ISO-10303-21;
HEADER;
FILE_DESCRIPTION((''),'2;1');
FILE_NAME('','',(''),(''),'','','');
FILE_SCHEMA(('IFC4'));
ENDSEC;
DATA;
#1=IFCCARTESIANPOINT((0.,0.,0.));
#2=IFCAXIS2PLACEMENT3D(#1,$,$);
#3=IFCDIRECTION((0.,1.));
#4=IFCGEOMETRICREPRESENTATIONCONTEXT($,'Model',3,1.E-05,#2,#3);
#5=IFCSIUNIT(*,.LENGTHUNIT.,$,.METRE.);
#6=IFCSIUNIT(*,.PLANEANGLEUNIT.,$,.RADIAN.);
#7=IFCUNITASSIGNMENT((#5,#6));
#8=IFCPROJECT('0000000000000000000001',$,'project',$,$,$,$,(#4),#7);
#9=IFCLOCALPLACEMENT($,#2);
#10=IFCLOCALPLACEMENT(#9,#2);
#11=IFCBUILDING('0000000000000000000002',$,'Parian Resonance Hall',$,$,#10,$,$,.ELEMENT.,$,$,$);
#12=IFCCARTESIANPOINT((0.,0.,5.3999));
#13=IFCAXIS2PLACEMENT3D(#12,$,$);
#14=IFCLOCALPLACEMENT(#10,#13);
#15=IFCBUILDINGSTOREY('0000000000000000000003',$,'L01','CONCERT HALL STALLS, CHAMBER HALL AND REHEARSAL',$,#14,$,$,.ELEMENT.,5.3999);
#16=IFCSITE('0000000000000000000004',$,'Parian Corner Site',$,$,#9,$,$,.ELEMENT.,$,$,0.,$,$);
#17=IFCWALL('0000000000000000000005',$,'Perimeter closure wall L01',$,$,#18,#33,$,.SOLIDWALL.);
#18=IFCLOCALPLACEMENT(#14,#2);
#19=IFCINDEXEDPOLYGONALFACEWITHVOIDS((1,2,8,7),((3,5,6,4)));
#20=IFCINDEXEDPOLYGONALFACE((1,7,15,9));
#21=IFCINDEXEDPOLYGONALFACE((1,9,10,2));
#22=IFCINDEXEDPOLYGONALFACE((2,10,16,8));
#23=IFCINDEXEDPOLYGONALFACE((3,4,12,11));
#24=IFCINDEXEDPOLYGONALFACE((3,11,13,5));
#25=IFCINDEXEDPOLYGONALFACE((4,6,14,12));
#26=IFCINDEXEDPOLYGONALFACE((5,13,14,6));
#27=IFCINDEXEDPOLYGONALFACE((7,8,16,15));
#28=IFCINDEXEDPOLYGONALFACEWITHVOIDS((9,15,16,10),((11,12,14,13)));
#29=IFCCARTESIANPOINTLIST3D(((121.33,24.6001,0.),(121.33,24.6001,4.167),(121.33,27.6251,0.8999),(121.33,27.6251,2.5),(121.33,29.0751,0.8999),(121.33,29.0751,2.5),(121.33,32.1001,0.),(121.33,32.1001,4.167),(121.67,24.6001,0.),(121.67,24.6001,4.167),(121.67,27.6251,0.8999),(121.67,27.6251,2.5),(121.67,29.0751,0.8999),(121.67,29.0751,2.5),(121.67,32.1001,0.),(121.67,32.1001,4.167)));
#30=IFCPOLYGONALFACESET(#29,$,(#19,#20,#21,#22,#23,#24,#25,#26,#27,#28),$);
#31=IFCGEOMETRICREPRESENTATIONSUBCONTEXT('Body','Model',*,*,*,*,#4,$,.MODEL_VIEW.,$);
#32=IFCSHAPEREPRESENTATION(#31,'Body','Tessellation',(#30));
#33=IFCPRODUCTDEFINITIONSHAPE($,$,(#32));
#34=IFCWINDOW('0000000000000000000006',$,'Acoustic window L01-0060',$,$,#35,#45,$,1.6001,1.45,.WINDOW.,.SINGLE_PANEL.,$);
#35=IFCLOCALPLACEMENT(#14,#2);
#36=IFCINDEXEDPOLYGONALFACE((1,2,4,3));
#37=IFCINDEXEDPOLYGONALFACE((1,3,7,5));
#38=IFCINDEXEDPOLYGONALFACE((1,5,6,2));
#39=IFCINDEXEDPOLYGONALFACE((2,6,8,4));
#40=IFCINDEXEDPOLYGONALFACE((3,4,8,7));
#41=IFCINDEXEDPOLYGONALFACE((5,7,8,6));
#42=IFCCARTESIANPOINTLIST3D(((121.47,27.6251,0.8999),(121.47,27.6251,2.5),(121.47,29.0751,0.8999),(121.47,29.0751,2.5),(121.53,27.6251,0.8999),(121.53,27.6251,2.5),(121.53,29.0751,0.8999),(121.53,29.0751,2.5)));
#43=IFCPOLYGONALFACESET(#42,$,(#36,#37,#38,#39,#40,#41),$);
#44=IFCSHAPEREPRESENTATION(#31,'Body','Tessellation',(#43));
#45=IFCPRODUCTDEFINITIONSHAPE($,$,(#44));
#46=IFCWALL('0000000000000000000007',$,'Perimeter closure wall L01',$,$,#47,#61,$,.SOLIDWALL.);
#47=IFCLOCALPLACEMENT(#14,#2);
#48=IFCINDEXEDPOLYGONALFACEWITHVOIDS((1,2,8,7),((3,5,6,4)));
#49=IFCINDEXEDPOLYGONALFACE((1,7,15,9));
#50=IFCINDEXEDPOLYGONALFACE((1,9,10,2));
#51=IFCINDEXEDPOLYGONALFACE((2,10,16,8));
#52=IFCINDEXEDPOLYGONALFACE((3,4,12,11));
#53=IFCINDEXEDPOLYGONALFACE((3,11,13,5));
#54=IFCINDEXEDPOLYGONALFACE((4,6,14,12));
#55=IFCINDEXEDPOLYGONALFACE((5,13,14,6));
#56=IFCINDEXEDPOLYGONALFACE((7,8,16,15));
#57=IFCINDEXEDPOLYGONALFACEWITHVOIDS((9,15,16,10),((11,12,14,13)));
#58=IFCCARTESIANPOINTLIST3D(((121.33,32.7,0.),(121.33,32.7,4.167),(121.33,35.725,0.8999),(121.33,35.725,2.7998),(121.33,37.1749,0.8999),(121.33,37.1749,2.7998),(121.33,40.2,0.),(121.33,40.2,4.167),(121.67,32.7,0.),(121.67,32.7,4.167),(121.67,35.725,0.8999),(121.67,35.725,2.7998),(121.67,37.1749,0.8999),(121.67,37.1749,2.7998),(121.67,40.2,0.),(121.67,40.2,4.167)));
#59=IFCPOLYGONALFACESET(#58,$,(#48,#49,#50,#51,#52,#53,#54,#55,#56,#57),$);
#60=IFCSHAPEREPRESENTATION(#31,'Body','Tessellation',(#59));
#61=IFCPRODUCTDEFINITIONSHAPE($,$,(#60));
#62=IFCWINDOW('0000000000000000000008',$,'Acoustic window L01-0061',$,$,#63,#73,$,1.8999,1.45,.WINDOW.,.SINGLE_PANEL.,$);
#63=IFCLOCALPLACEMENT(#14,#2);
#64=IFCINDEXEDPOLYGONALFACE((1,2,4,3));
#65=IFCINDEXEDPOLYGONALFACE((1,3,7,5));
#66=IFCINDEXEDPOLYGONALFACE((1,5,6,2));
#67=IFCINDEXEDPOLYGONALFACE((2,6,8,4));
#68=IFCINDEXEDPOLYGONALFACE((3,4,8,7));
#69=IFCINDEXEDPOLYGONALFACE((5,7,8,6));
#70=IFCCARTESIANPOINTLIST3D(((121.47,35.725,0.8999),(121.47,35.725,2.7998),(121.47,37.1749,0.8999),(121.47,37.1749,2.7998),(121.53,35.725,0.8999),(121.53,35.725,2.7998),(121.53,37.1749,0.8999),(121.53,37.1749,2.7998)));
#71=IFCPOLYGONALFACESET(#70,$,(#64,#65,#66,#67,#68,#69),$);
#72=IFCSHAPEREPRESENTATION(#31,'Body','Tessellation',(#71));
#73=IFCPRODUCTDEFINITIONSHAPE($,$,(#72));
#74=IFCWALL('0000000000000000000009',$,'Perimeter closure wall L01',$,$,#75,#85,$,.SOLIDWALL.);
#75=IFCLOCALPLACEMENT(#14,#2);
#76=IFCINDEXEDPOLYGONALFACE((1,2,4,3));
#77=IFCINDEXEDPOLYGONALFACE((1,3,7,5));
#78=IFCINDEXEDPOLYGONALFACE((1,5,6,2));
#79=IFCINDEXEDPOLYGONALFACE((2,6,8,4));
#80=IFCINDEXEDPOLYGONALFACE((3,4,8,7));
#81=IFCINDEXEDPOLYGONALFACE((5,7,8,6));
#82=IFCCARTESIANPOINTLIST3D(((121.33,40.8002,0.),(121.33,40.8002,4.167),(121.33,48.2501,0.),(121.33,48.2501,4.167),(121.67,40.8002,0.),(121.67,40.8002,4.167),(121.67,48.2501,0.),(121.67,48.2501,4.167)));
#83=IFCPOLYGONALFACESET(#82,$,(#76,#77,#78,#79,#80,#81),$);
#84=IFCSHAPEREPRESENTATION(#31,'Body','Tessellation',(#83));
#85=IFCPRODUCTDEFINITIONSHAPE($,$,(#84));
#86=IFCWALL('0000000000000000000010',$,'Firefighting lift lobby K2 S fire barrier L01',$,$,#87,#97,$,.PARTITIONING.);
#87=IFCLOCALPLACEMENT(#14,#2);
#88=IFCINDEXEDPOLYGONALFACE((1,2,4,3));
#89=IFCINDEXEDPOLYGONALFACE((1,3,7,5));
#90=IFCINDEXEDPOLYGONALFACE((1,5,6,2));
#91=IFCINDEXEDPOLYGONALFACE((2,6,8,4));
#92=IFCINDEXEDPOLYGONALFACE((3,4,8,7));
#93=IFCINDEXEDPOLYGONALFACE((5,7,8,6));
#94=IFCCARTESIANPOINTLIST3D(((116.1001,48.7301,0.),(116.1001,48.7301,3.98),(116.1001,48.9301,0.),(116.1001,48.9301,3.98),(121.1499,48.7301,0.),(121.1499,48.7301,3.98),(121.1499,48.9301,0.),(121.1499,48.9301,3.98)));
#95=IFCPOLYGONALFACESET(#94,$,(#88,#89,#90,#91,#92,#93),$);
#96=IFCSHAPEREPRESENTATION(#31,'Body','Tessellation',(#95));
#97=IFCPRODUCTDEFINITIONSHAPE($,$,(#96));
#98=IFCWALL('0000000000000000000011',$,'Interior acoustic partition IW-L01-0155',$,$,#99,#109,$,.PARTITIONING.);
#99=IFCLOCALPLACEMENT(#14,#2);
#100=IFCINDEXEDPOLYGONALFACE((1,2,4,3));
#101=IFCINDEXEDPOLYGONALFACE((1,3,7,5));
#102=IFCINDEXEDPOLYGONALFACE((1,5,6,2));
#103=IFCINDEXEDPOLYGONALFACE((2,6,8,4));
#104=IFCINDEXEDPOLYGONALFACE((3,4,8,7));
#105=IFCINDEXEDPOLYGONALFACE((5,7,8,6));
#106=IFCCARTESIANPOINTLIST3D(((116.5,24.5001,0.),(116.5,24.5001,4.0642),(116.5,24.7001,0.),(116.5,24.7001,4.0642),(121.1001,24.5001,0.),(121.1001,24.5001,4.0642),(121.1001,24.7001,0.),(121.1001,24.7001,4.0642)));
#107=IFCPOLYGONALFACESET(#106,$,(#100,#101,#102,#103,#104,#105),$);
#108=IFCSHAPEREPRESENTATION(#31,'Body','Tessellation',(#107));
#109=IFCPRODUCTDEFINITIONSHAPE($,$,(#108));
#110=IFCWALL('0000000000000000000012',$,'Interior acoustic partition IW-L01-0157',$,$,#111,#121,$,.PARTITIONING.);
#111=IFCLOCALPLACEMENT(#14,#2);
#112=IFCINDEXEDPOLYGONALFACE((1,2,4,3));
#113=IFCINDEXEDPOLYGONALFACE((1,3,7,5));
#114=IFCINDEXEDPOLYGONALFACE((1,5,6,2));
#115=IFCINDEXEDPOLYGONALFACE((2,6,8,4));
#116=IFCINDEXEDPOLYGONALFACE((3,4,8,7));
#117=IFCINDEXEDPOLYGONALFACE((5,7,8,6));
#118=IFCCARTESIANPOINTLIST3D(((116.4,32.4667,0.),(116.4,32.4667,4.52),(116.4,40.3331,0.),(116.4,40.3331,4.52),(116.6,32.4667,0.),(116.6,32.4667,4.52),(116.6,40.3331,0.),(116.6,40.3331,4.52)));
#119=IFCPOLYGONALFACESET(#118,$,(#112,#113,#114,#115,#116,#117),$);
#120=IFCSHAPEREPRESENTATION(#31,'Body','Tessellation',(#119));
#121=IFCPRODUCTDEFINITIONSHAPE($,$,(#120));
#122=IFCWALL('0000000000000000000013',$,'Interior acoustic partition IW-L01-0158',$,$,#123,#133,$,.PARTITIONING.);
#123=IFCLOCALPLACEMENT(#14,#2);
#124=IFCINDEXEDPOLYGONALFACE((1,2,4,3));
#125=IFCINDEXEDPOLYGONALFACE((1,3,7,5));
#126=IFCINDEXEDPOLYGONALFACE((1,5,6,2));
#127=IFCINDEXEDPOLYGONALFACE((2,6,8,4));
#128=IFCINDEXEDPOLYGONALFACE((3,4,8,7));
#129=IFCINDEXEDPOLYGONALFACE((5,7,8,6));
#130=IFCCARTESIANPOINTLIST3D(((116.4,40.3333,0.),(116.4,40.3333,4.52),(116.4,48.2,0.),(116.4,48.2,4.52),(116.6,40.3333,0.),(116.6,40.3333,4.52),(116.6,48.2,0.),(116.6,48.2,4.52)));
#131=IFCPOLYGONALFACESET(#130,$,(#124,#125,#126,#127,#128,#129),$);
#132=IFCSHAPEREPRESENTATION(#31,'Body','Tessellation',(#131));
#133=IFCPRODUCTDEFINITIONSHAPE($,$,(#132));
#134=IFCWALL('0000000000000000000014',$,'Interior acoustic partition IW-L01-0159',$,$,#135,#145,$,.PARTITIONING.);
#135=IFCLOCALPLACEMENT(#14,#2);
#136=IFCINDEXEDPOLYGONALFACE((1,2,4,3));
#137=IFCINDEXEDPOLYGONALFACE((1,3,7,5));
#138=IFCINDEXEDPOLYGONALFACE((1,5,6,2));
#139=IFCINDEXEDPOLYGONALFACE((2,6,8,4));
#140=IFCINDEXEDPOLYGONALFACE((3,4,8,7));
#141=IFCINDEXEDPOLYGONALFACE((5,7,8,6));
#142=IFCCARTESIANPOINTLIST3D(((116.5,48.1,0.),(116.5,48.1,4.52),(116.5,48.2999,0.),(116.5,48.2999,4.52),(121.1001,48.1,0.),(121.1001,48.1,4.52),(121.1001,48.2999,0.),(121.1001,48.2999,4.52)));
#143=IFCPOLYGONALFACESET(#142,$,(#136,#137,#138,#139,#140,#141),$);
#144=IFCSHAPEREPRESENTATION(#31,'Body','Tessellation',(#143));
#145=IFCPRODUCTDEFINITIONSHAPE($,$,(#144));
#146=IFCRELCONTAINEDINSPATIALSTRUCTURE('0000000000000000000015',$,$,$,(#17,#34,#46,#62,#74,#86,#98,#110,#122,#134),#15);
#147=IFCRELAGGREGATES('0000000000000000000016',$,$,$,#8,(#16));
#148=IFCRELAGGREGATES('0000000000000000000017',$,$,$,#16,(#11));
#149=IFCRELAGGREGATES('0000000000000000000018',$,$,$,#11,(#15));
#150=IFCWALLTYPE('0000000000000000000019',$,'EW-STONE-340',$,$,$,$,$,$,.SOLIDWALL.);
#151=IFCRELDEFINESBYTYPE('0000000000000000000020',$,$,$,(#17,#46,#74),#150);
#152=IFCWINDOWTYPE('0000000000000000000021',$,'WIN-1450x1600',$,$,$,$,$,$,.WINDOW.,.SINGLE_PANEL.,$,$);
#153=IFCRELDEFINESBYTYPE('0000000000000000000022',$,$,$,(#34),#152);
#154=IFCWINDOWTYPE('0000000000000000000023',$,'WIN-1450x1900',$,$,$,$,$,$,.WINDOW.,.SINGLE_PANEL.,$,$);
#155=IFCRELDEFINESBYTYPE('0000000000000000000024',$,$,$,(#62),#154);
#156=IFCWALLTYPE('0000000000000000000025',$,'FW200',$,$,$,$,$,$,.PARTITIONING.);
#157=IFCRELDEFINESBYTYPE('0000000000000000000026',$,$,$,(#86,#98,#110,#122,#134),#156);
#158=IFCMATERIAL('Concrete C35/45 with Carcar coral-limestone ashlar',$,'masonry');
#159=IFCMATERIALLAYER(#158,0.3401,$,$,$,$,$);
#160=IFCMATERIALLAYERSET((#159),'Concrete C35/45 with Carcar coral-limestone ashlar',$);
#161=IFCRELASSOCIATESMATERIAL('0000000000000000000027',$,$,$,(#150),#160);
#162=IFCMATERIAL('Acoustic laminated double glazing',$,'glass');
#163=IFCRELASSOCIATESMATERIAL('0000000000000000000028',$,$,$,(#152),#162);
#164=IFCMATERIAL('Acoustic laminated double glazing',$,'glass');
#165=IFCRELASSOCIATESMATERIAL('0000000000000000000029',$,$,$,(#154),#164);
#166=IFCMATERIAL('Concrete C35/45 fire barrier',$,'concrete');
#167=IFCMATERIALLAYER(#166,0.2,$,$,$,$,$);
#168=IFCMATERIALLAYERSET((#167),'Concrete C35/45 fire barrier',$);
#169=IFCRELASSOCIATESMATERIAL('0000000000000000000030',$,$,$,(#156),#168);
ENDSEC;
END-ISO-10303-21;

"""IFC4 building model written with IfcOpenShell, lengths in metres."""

from ifc_helpers import new_model, si_unit, direction, frame, frame_2d, origin, place, context, subcontext, project, spatial, rectangle, extrude, material, layer, layer_set, type_object, element, fill, save


model = new_model("IFC4")

# Units and contexts
model_context = context("Model", 3, precision=1e-05, world=origin(), true_north=direction((0.0, 1.0)))
body_context = subcontext(model_context, "Body", "Model", "MODEL_VIEW")
ifc_project = project(units=[si_unit("LENGTHUNIT", "METRE"), si_unit("PLANEANGLEUNIT", "RADIAN")], contexts=[model_context])

# Site, building, storey
site_placement = place(None, origin())
site = spatial("IfcSite", under=ifc_project, at=site_placement, Name="Parian Corner Site", CompositionType="ELEMENT", RefElevation=0.0)
building_placement = place(site_placement, origin())
building = spatial("IfcBuilding", under=site, at=building_placement, Name="Parian Resonance Hall", CompositionType="ELEMENT")
storey_placement = place(building_placement, frame((0.0, 0.0, 5.3999)))
storey = spatial("IfcBuildingStorey", under=building, at=storey_placement, Name="L01", Description="CONCERT HALL STALLS, CHAMBER HALL AND REHEARSAL", CompositionType="ELEMENT", Elevation=5.3999)

# Walls, openings, windows
ifc_material_1 = material(Name="Concrete C35/45 with Carcar coral-limestone ashlar", Category="masonry")
ifc_layer_1 = layer(ifc_material_1, 0.3401)
ifc_layer_set_1 = layer_set([ifc_layer_1], Name="Concrete C35/45 with Carcar coral-limestone ashlar")
wall_type_1 = type_object("IfcWallType", Name="EW-STONE-340", PredefinedType="SOLIDWALL", material=ifc_layer_set_1)
wall_1_placement = place(storey_placement, frame((121.5, 24.6001, 0.0), z_axis=(0.0, 0.0, 1.0), x_axis=(0.0, 1.0, 0.0)))
wall_1 = element("IfcWall", 1, at=wall_1_placement, inside=storey, type_object=wall_type_1, Name="Perimeter closure wall L01", PredefinedType="SOLIDWALL", context=body_context, shape_type="SweptSolid", body=[
    extrude(rectangle(XDim=7.5, YDim=0.3401, at=frame_2d((3.75, 0.0))), origin(), (0.0, 0.0, 1.0), 4.167),
])
opening_1_placement = place(wall_1_placement, frame((3.0249, 0.0, 0.8999)))
opening_1 = element("IfcOpeningElement", 2, at=opening_1_placement, cuts=wall_1, PredefinedType="OPENING", context=body_context, shape_type="SweptSolid", body=[
    extrude(rectangle(XDim=1.45, YDim=1.6001, at=frame_2d((0.7251, 0.8))), frame((0.0, 0.1799, 0.0), z_axis=(0.0, -1.0, 0.0), x_axis=(1.0, 0.0, 0.0)), (0.0, 0.0, 1.0), 0.3601),
])
ifc_material_2 = material(Name="Acoustic laminated double glazing", Category="glass")
window_type_1 = type_object("IfcWindowType", Name="WIN-1450x1600", PartitioningType="SINGLE_PANEL", PredefinedType="WINDOW", material=ifc_material_2)
window_1_placement = place(opening_1_placement, origin())
window_1 = element("IfcWindow", 3, at=window_1_placement, inside=storey, type_object=window_type_1, Name="Acoustic window L01-0060", OverallHeight=1.6001, OverallWidth=1.45, PartitioningType="SINGLE_PANEL", PredefinedType="WINDOW", context=body_context, shape_type="SweptSolid", body=[
    extrude(rectangle(XDim=1.45, YDim=1.6001, at=frame_2d((0.7251, 0.8))), frame((0.0, 0.03, 0.0), z_axis=(0.0, -1.0, 0.0), x_axis=(1.0, 0.0, 0.0)), (0.0, 0.0, 1.0), 0.0601),
])
fill(opening_1, window_1)
wall_2_placement = place(storey_placement, frame((121.5, 32.7, 0.0), z_axis=(0.0, 0.0, 1.0), x_axis=(0.0, 1.0, 0.0)))
wall_2 = element("IfcWall", 4, at=wall_2_placement, inside=storey, type_object=wall_type_1, Name="Perimeter closure wall L01", PredefinedType="SOLIDWALL", context=body_context, shape_type="SweptSolid", body=[
    extrude(rectangle(XDim=7.5, YDim=0.3401, at=frame_2d((3.75, 0.0))), origin(), (0.0, 0.0, 1.0), 4.167),
])
opening_2_placement = place(wall_2_placement, frame((3.0249, 0.0, 0.8999)))
opening_2 = element("IfcOpeningElement", 5, at=opening_2_placement, cuts=wall_2, PredefinedType="OPENING", context=body_context, shape_type="SweptSolid", body=[
    extrude(rectangle(XDim=1.45, YDim=1.8999, at=frame_2d((0.7251, 0.95))), frame((0.0, 0.1799, 0.0), z_axis=(0.0, -1.0, 0.0), x_axis=(1.0, 0.0, 0.0)), (0.0, 0.0, 1.0), 0.3601),
])
ifc_material_3 = material(Name="Acoustic laminated double glazing", Category="glass")
window_type_2 = type_object("IfcWindowType", Name="WIN-1450x1900", PartitioningType="SINGLE_PANEL", PredefinedType="WINDOW", material=ifc_material_3)
window_2_placement = place(opening_2_placement, origin())
window_2 = element("IfcWindow", 6, at=window_2_placement, inside=storey, type_object=window_type_2, Name="Acoustic window L01-0061", OverallHeight=1.8999, OverallWidth=1.45, PartitioningType="SINGLE_PANEL", PredefinedType="WINDOW", context=body_context, shape_type="SweptSolid", body=[
    extrude(rectangle(XDim=1.45, YDim=1.8999, at=frame_2d((0.7251, 0.95))), frame((0.0, 0.03, 0.0), z_axis=(0.0, -1.0, 0.0), x_axis=(1.0, 0.0, 0.0)), (0.0, 0.0, 1.0), 0.0601),
])
fill(opening_2, window_2)

# Walls
wall_3_placement = place(storey_placement, frame((121.5, 40.8, 0.0), z_axis=(0.0, 0.0, 1.0), x_axis=(0.0, 1.0, 0.0)))
element("IfcWall", 7, at=wall_3_placement, inside=storey, type_object=wall_type_1, Name="Perimeter closure wall L01", PredefinedType="SOLIDWALL", context=body_context, shape_type="SweptSolid", body=[
    extrude(rectangle(XDim=7.45, YDim=0.3401, at=frame_2d((3.7251, 0.0))), origin(), (0.0, 0.0, 1.0), 4.167),
])
ifc_material_4 = material(Name="Concrete C35/45 fire barrier", Category="concrete")
ifc_layer_2 = layer(ifc_material_4, 0.2)
ifc_layer_set_2 = layer_set([ifc_layer_2], Name="Concrete C35/45 fire barrier")
wall_type_2 = type_object("IfcWallType", Name="FW200", PredefinedType="PARTITIONING", material=ifc_layer_set_2)
wall_4_placement = place(storey_placement, frame((121.1499, 48.8301, 0.0), z_axis=(0.0, 0.0, 1.0), x_axis=(-1.0, 0.0, 0.0)))
element("IfcWall", 8, at=wall_4_placement, inside=storey, type_object=wall_type_2, Name="Firefighting lift lobby K2 S fire barrier L01", PredefinedType="PARTITIONING", context=body_context, shape_type="SweptSolid", body=[
    extrude(rectangle(XDim=5.0498, YDim=0.2, at=frame_2d((2.5249, 0.0))), origin(), (0.0, 0.0, 1.0), 3.98),
])
wall_5_placement = place(storey_placement, frame((121.1001, 24.6001, 0.0), z_axis=(0.0, 0.0, 1.0), x_axis=(-1.0, 0.0, 0.0)))
element("IfcWall", 9, at=wall_5_placement, inside=storey, type_object=wall_type_2, Name="Interior acoustic partition IW-L01-0155", PredefinedType="PARTITIONING", context=body_context, shape_type="SweptSolid", body=[
    extrude(rectangle(XDim=4.6001, YDim=0.2, at=frame_2d((2.3, 0.0))), origin(), (0.0, 0.0, 1.0), 4.0642),
])
wall_6_placement = place(storey_placement, frame((116.5, 32.4668, 0.0), z_axis=(0.0, 0.0, 1.0), x_axis=(0.0, 1.0, 0.0)))
element("IfcWall", 10, at=wall_6_placement, inside=storey, type_object=wall_type_2, Name="Interior acoustic partition IW-L01-0157", PredefinedType="PARTITIONING", context=body_context, shape_type="SweptSolid", body=[
    extrude(rectangle(XDim=7.8665, YDim=0.2, at=frame_2d((3.9331, 0.0))), origin(), (0.0, 0.0, 1.0), 4.52),
])
wall_7_placement = place(storey_placement, frame((116.5, 40.3333, 0.0), z_axis=(0.0, 0.0, 1.0), x_axis=(0.0, 1.0, 0.0)))
element("IfcWall", 11, at=wall_7_placement, inside=storey, type_object=wall_type_2, Name="Interior acoustic partition IW-L01-0158", PredefinedType="PARTITIONING", context=body_context, shape_type="SweptSolid", body=[
    extrude(rectangle(XDim=7.8667, YDim=0.2, at=frame_2d((3.9333, 0.0))), origin(), (0.0, 0.0, 1.0), 4.52),
])
wall_8_placement = place(storey_placement, frame((116.5, 48.2, 0.0), z_axis=(0.0, 0.0, 1.0), x_axis=(1.0, 0.0, 0.0)))
element("IfcWall", 12, at=wall_8_placement, inside=storey, type_object=wall_type_2, Name="Interior acoustic partition IW-L01-0159", PredefinedType="PARTITIONING", context=body_context, shape_type="SweptSolid", body=[
    extrude(rectangle(XDim=4.6001, YDim=0.2, at=frame_2d((2.3, 0.0))), origin(), (0.0, 0.0, 1.0), 4.52),
])

save(model, "model.ifc")
